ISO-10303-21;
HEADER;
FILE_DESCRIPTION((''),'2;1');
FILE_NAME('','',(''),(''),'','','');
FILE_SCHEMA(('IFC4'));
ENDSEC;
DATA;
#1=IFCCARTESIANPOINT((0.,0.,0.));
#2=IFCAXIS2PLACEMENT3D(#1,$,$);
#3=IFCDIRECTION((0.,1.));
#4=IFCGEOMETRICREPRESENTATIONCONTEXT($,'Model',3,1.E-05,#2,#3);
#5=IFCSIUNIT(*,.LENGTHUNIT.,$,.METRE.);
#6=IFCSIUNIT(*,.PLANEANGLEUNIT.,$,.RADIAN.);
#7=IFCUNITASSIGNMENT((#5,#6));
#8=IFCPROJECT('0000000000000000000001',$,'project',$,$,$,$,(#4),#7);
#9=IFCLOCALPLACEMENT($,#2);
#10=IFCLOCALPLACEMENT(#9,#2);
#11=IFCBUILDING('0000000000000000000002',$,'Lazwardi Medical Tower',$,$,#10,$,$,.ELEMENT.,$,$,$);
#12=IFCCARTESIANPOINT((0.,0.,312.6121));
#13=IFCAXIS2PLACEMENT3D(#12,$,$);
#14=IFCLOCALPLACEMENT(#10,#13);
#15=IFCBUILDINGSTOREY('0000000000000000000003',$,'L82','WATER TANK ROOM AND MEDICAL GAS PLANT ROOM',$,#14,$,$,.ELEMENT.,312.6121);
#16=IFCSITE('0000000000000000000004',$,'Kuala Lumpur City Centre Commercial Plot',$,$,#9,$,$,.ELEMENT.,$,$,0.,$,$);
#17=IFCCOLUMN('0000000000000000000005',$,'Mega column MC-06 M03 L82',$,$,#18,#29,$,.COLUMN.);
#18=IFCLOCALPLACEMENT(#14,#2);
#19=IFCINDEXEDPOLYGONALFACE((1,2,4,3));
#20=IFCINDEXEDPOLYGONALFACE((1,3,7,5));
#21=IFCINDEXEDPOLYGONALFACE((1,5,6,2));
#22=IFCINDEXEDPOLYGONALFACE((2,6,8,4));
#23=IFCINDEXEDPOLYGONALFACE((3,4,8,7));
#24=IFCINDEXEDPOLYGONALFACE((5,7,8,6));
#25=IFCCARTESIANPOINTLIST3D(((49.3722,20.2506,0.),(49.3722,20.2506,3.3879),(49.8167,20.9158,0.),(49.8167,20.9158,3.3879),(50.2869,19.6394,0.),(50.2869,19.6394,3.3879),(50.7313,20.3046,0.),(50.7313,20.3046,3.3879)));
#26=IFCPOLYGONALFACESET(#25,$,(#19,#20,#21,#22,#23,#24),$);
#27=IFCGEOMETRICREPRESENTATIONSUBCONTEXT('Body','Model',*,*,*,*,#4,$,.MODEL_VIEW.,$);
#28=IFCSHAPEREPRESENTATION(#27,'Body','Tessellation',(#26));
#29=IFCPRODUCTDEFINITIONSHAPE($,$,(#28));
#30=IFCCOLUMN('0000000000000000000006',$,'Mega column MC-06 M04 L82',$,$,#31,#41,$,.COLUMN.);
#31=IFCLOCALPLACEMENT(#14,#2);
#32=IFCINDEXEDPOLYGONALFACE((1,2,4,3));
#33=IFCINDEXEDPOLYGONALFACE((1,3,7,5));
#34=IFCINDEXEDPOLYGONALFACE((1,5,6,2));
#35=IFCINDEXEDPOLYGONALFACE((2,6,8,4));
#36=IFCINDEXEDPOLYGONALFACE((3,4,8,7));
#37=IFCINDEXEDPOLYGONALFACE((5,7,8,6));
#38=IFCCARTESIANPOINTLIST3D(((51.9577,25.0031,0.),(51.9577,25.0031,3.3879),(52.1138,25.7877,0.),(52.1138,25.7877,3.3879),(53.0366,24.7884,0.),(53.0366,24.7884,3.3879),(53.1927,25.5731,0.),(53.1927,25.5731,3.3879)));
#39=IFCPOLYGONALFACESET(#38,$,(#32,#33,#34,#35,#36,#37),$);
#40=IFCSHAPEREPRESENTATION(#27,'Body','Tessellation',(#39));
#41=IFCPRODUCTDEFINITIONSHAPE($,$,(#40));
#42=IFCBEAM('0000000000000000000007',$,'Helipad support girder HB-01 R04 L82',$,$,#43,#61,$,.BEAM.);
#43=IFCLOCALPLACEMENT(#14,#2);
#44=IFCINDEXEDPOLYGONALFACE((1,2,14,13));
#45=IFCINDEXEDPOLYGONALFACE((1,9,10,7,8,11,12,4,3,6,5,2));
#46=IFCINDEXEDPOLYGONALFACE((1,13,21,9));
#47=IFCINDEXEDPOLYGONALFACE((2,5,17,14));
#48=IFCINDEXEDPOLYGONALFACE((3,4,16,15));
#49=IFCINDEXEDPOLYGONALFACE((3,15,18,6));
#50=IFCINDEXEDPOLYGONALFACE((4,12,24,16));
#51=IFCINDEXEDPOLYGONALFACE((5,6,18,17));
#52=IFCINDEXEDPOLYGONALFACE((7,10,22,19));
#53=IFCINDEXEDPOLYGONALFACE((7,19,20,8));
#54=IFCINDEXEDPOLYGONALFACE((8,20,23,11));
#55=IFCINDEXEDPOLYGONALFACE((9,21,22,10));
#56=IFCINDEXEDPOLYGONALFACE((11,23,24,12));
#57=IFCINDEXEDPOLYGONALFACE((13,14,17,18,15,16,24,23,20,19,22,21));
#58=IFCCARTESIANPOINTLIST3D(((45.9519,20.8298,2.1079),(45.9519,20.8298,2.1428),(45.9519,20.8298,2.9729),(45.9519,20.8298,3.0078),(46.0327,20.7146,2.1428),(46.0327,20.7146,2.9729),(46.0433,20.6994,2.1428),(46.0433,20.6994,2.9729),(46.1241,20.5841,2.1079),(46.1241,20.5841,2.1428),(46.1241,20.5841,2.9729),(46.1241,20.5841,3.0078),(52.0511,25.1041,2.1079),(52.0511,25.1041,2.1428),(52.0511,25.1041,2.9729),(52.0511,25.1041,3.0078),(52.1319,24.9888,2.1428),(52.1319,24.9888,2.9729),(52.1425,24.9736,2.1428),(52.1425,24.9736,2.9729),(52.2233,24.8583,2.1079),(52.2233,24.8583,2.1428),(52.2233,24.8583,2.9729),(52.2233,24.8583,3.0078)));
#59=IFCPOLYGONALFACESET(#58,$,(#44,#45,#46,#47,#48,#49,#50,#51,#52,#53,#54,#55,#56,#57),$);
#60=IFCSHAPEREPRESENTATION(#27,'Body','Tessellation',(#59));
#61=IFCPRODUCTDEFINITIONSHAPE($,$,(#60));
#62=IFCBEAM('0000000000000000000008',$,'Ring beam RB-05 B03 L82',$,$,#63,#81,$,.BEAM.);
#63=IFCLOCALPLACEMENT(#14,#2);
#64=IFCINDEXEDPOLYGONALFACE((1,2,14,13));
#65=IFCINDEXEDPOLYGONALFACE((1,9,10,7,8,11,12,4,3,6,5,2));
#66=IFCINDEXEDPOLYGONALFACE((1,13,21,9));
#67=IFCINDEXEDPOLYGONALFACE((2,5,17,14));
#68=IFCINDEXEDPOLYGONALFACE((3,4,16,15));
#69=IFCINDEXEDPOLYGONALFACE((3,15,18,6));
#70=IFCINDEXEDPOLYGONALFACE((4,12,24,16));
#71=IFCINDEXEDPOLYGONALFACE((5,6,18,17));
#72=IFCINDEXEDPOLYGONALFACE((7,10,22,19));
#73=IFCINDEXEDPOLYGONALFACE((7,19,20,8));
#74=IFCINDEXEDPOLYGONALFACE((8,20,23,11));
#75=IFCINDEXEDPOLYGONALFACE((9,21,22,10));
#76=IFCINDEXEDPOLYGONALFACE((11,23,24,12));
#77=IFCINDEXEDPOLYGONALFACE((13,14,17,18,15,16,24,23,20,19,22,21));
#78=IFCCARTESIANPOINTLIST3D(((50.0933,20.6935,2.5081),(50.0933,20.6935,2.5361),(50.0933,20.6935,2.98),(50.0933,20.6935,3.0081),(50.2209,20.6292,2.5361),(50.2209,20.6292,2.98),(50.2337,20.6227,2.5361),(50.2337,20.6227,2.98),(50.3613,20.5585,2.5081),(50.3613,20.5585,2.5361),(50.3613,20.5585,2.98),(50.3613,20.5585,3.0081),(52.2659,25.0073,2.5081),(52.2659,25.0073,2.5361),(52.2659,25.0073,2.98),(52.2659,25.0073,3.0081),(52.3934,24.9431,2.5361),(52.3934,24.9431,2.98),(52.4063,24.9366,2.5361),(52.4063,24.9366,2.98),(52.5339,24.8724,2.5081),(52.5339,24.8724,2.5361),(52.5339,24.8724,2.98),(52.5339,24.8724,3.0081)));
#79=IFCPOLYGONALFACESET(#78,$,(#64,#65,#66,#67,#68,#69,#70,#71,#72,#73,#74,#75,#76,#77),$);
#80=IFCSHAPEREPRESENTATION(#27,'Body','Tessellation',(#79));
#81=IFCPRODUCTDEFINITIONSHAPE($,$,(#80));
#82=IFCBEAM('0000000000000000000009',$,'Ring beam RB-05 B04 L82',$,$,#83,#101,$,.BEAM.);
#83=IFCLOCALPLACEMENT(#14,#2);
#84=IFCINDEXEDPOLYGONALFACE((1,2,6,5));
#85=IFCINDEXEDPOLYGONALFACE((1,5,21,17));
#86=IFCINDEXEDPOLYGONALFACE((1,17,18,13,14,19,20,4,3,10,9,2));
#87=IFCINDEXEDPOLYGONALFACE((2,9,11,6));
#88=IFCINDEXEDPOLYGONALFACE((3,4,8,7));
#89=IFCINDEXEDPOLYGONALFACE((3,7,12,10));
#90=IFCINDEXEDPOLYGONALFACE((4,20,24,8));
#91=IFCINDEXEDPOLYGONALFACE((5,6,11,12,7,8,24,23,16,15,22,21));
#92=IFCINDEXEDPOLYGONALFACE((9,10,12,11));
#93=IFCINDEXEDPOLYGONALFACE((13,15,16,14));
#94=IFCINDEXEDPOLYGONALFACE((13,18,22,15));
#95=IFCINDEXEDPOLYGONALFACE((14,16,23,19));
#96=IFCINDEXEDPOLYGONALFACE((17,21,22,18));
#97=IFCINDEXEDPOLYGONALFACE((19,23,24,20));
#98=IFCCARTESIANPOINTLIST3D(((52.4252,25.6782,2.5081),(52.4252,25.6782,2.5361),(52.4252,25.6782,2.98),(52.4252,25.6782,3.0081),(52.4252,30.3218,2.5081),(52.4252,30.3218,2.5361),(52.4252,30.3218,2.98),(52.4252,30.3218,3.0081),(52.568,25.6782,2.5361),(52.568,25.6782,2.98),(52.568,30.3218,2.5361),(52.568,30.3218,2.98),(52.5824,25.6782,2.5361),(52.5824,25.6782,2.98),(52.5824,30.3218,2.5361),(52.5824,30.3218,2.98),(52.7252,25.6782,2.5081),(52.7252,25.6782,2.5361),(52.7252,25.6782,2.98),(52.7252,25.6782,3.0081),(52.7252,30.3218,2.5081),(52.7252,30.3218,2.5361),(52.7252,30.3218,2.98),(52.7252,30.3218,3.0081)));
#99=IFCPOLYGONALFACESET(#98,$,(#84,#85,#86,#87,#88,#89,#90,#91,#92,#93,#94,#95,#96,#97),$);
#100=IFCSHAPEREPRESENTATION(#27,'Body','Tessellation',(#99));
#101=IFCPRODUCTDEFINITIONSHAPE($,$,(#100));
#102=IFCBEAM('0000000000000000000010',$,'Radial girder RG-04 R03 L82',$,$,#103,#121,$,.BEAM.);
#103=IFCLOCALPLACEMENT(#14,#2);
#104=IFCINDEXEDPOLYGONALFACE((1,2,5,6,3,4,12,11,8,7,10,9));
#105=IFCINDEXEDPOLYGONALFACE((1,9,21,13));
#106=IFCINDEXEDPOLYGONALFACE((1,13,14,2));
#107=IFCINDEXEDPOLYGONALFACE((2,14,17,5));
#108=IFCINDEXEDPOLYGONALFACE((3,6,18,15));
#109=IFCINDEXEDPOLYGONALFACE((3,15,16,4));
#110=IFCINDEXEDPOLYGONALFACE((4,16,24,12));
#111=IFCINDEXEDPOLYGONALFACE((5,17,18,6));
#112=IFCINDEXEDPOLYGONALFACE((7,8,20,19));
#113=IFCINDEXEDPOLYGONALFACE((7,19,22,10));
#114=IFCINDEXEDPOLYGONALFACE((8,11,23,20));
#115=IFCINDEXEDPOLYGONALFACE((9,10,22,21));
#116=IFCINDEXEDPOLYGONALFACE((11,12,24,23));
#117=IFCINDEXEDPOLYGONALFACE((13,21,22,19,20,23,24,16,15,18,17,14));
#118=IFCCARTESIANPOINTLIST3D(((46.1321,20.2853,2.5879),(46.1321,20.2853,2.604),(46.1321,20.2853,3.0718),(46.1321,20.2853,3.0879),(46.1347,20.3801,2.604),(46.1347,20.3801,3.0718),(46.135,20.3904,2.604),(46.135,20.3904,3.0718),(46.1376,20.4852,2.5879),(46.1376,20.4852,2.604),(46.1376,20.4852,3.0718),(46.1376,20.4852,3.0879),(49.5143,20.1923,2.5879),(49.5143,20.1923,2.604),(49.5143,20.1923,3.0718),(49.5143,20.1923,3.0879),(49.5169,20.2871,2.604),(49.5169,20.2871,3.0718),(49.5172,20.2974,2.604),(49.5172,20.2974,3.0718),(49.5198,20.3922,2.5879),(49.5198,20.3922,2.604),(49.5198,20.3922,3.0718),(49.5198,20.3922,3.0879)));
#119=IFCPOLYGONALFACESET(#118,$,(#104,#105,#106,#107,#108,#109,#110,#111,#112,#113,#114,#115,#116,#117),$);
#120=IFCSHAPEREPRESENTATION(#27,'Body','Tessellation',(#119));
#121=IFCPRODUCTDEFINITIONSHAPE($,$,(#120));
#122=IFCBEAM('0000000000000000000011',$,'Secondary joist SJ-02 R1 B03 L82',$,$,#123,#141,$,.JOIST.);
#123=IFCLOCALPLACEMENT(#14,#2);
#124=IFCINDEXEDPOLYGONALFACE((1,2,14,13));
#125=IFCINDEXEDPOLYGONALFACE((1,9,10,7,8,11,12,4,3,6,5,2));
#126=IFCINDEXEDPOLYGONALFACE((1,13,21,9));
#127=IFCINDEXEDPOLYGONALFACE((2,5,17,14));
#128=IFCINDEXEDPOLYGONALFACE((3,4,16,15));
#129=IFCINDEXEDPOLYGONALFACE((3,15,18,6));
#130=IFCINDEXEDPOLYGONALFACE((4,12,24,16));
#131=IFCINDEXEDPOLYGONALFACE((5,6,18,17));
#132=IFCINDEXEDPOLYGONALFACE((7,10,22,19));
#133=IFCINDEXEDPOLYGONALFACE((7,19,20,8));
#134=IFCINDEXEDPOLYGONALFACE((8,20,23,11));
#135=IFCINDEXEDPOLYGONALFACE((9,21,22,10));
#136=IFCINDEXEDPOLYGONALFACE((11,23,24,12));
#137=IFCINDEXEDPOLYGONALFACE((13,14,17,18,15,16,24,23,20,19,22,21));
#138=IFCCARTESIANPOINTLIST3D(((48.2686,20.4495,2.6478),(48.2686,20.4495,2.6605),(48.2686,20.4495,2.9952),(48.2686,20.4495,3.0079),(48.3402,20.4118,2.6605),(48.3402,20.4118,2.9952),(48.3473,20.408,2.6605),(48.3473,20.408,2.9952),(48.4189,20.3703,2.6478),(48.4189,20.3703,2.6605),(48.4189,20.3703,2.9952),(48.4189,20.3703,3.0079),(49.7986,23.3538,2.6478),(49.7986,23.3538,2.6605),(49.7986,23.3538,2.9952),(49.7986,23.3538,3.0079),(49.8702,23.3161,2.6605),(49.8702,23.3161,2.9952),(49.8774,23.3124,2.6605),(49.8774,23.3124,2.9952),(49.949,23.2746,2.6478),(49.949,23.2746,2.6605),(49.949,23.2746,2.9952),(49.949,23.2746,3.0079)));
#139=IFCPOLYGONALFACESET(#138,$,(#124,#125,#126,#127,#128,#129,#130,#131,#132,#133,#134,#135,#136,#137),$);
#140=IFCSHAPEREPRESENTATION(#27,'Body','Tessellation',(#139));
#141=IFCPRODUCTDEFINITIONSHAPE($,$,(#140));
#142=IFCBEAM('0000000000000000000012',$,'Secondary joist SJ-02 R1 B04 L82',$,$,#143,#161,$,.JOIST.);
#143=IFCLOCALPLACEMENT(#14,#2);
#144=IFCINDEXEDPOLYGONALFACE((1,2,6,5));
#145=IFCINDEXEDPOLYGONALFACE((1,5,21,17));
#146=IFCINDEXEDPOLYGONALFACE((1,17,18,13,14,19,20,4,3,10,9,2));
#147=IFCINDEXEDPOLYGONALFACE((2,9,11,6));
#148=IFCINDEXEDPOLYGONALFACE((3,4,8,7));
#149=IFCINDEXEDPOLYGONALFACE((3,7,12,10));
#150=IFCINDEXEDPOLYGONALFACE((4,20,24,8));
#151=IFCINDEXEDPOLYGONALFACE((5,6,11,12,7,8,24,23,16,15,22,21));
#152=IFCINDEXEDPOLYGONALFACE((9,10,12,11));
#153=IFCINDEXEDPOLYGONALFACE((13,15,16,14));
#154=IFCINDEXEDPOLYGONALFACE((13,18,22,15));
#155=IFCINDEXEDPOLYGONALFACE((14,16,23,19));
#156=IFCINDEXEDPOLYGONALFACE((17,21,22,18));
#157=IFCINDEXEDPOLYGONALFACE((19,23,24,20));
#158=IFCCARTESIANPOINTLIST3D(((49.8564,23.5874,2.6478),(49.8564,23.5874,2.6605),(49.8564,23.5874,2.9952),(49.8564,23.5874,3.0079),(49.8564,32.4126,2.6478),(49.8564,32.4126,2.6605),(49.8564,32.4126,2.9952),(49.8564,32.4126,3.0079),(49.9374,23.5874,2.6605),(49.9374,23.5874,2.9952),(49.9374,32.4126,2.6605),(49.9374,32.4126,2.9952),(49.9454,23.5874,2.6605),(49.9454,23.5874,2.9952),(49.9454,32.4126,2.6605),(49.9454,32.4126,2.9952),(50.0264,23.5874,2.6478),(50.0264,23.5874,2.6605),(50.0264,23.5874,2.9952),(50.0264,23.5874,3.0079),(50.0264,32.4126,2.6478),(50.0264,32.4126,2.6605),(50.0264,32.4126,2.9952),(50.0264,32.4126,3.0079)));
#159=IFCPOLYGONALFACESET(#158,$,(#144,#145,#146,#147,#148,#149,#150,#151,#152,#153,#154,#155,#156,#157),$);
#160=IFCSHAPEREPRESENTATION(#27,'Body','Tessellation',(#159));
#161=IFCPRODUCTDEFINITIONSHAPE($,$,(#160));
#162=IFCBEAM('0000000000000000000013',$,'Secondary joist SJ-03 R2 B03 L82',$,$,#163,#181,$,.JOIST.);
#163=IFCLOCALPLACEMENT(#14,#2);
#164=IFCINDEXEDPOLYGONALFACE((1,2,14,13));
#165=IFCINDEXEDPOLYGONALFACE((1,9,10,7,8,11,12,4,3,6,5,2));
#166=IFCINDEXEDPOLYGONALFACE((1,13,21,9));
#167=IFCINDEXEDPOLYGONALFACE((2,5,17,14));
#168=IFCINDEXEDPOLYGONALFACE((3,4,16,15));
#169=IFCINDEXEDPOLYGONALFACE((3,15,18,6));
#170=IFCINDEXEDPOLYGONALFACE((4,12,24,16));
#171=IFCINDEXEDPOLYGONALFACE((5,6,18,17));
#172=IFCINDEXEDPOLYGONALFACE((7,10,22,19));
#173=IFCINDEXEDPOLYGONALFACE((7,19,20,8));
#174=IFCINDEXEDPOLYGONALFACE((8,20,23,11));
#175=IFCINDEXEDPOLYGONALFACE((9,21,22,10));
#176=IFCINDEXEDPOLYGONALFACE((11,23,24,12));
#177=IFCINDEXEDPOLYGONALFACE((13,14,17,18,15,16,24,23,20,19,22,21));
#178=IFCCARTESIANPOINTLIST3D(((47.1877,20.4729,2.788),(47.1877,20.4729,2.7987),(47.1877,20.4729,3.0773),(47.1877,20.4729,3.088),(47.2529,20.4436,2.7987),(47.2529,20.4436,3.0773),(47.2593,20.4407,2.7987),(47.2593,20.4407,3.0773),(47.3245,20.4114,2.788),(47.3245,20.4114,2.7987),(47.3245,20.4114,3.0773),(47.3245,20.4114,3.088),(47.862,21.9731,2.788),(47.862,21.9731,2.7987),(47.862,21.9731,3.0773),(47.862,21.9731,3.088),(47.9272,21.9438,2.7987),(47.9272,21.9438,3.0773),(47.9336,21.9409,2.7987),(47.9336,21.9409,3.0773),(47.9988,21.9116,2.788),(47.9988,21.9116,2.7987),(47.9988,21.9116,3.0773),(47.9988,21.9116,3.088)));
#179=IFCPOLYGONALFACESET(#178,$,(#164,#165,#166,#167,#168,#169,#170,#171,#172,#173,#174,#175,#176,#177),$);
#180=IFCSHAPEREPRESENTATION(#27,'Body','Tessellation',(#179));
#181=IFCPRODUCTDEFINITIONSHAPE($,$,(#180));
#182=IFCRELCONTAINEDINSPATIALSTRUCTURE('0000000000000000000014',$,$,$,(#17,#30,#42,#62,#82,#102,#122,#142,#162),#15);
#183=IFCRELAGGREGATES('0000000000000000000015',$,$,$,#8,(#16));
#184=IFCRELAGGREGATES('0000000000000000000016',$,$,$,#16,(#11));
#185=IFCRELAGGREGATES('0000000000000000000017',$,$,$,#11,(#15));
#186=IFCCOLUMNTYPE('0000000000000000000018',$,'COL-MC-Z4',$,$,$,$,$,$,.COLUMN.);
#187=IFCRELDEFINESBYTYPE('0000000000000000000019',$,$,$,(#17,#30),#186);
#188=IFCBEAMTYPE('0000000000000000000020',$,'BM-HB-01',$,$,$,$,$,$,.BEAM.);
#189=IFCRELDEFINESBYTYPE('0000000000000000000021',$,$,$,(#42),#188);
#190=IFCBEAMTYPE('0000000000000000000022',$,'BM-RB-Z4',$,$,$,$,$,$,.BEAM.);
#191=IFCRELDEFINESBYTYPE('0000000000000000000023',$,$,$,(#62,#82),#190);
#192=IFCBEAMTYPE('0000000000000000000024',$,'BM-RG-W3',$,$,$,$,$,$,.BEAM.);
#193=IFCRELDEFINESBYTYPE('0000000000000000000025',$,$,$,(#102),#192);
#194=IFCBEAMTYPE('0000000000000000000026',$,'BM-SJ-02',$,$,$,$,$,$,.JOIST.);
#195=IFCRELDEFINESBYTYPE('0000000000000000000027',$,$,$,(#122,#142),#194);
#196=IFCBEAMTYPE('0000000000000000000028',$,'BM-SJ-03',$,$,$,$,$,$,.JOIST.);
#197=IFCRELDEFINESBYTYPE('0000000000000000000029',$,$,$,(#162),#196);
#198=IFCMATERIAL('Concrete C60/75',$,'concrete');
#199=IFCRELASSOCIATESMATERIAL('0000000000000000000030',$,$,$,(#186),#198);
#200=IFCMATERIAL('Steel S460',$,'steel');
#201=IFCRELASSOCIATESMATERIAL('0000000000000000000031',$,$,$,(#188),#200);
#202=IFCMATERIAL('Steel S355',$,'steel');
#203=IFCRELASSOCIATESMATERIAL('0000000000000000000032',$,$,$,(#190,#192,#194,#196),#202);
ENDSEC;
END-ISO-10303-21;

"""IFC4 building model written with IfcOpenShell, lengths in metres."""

from ifc_helpers import new_model, si_unit, direction, frame, origin, origin_2d, place, context, subcontext, project, spatial, rectangle, i_section, extrude, material, material_profile, profile_set, type_object, element, save


model = new_model("IFC4")

# Units and contexts
model_context = context("Model", 3, precision=1e-05, world=origin(), true_north=direction((0.0, 1.0)))
body_context = subcontext(model_context, "Body", "Model", "MODEL_VIEW")
ifc_project = project(units=[si_unit("LENGTHUNIT", "METRE"), si_unit("PLANEANGLEUNIT", "RADIAN")], contexts=[model_context])

# Site, building, storey
site_placement = place(None, origin())
site = spatial("IfcSite", under=ifc_project, at=site_placement, Name="Kuala Lumpur City Centre Commercial Plot", CompositionType="ELEMENT", RefElevation=0.0)
building_placement = place(site_placement, origin())
building = spatial("IfcBuilding", under=site, at=building_placement, Name="Lazwardi Medical Tower", CompositionType="ELEMENT")
storey_placement = place(building_placement, frame((0.0, 0.0, 312.6121)))
storey = spatial("IfcBuildingStorey", under=building, at=storey_placement, Name="L82", Description="WATER TANK ROOM AND MEDICAL GAS PLANT ROOM", CompositionType="ELEMENT", Elevation=312.6121)

# Columns
ifc_material_1 = material(Name="Concrete C60/75", Category="concrete")
ifc_material_profile_1 = material_profile(ifc_material_1, rectangle(XDim=1.1001, YDim=0.8, at=origin_2d()), Name="CFT-RECT 1100x800")
ifc_profile_set_1 = profile_set([ifc_material_profile_1], Name="Concrete C60/75")
column_type = type_object("IfcColumnType", Name="COL-MC-Z4", PredefinedType="COLUMN", material=ifc_profile_set_1)
for number, where, z_axis, x_axis, name in (
    (1, (50.0518, 20.2776, 0.0), (0.0, 0.0, 1.0), (0.83147, -0.55557, 0.0), "Mega column MC-06 M03 L82"),
    (2, (52.5752, 25.2881, 0.0), (0.0, 0.0, 1.0), (0.980785, -0.19509, 0.0), "Mega column MC-06 M04 L82"),
):
    element("IfcColumn", number, at=place(storey_placement, frame(where, z_axis=z_axis, x_axis=x_axis)), inside=storey, type_object=column_type, Name=name, PredefinedType="COLUMN", context=body_context, shape_type="SweptSolid", body=[
        extrude(rectangle(XDim=1.1001, YDim=0.8, at=origin_2d()), origin(), (0.0, 0.0, 1.0), 3.3879),
    ])

# Beams
ifc_material_2 = material(Name="Steel S460", Category="steel")
ifc_material_profile_2 = material_profile(ifc_material_2, i_section(OverallWidth=0.3, OverallDepth=0.8999, WebThickness=0.0186, FlangeThickness=0.0349, at=origin_2d()), Name="HEB 900")
ifc_profile_set_2 = profile_set([ifc_material_profile_2], Name="Steel S460")
beam_type_1 = type_object("IfcBeamType", Name="BM-HB-01", PredefinedType="BEAM", material=ifc_profile_set_2)
beam_1_placement = place(storey_placement, frame((52.1372, 24.9812, 2.5579), z_axis=(-0.81893, -0.573893, 0.0), x_axis=(0.573893, -0.81893, 0.0)))
element("IfcBeam", 3, at=beam_1_placement, inside=storey, type_object=beam_type_1, Name="Helipad support girder HB-01 R04 L82", PredefinedType="BEAM", context=body_context, shape_type="SweptSolid", body=[
    extrude(i_section(OverallWidth=0.3, OverallDepth=0.8999, WebThickness=0.0186, FlangeThickness=0.0349, at=origin_2d()), origin(), (0.0, 0.0, 1.0), 7.4478),
])
ifc_material_3 = material(Name="Steel S355", Category="steel")
ifc_material_profile_3 = material_profile(ifc_material_3, i_section(OverallWidth=0.3, OverallDepth=0.5, WebThickness=0.0144, FlangeThickness=0.0281, at=origin_2d()), Name="HEB 500")
ifc_profile_set_3 = profile_set([ifc_material_profile_3], Name="Steel S355")
beam_type_2 = type_object("IfcBeamType", Name="BM-RB-Z4", PredefinedType="BEAM", material=ifc_profile_set_3)
beam_2_placement = place(storey_placement, frame((50.2273, 20.626, 2.7581), z_axis=(0.4498, 0.893129, 0.0), x_axis=(-0.893129, 0.4498, 0.0)))
element("IfcBeam", 4, at=beam_2_placement, inside=storey, type_object=beam_type_2, Name="Ring beam RB-05 B03 L82", PredefinedType="BEAM", context=body_context, shape_type="SweptSolid", body=[
    extrude(i_section(OverallWidth=0.3, OverallDepth=0.5, WebThickness=0.0144, FlangeThickness=0.0281, at=origin_2d()), origin(), (0.0, 0.0, 1.0), 4.8301),
])
beam_3_placement = place(storey_placement, frame((52.5752, 25.6782, 2.7581), z_axis=(0.0, 1.0, 0.0), x_axis=(-1.0, 0.0, 0.0)))
element("IfcBeam", 5, at=beam_3_placement, inside=storey, type_object=beam_type_2, Name="Ring beam RB-05 B04 L82", PredefinedType="BEAM", context=body_context, shape_type="SweptSolid", body=[
    extrude(i_section(OverallWidth=0.3, OverallDepth=0.5, WebThickness=0.0144, FlangeThickness=0.0281, at=origin_2d()), origin(), (0.0, 0.0, 1.0), 4.6436),
])
ifc_material_profile_4 = material_profile(ifc_material_3, i_section(OverallWidth=0.2, OverallDepth=0.5, WebThickness=0.0103, FlangeThickness=0.0161, at=origin_2d()), Name="IPE 500")
ifc_profile_set_4 = profile_set([ifc_material_profile_4], Name="Steel S355")
beam_type_3 = type_object("IfcBeamType", Name="BM-RG-W3", PredefinedType="BEAM", material=ifc_profile_set_4)
beam_4_placement = place(storey_placement, frame((49.5171, 20.2922, 2.8379), z_axis=(-0.999622, 0.027491, 0.0), x_axis=(-0.027491, -0.999622, 0.0)))
element("IfcBeam", 6, at=beam_4_placement, inside=storey, type_object=beam_type_3, Name="Radial girder RG-04 R03 L82", PredefinedType="BEAM", context=body_context, shape_type="SweptSolid", body=[
    extrude(i_section(OverallWidth=0.2, OverallDepth=0.5, WebThickness=0.0103, FlangeThickness=0.0161, at=origin_2d()), origin(), (0.0, 0.0, 1.0), 3.3835),
])
ifc_material_profile_5 = material_profile(ifc_material_3, i_section(OverallWidth=0.1699, OverallDepth=0.3601, WebThickness=0.0081, FlangeThickness=0.0127, at=origin_2d()), Name="IPE 360")
ifc_profile_set_5 = profile_set([ifc_material_profile_5], Name="Steel S355")
beam_type_4 = type_object("IfcBeamType", Name="BM-SJ-02", PredefinedType="JOIST", material=ifc_profile_set_5)
beam_5_placement = place(storey_placement, frame((48.3438, 20.4099, 2.8279), z_axis=(0.466093, 0.884736, 0.0), x_axis=(-0.884736, 0.466093, 0.0)))
element("IfcBeam", 7, at=beam_5_placement, inside=storey, type_object=beam_type_4, Name="Secondary joist SJ-02 R1 B03 L82", PredefinedType="JOIST", context=body_context, shape_type="SweptSolid", body=[
    extrude(i_section(OverallWidth=0.1699, OverallDepth=0.3601, WebThickness=0.0081, FlangeThickness=0.0127, at=origin_2d()), origin(), (0.0, 0.0, 1.0), 3.2827),
])
beam_6_placement = place(storey_placement, frame((49.9414, 23.5874, 2.8279), z_axis=(0.0, 1.0, 0.0), x_axis=(-1.0, 0.0, 0.0)))
element("IfcBeam", 8, at=beam_6_placement, inside=storey, type_object=beam_type_4, Name="Secondary joist SJ-02 R1 B04 L82", PredefinedType="JOIST", context=body_context, shape_type="SweptSolid", body=[
    extrude(i_section(OverallWidth=0.1699, OverallDepth=0.3601, WebThickness=0.0081, FlangeThickness=0.0127, at=origin_2d()), origin(), (0.0, 0.0, 1.0), 8.8252),
])
ifc_material_profile_6 = material_profile(ifc_material_3, i_section(OverallWidth=0.1499, OverallDepth=0.3, WebThickness=0.0071, FlangeThickness=0.0107, at=origin_2d()), Name="IPE 300")
ifc_profile_set_6 = profile_set([ifc_material_profile_6], Name="Steel S355")
beam_type_5 = type_object("IfcBeamType", Name="BM-SJ-03", PredefinedType="JOIST", material=ifc_profile_set_6)
beam_7_placement = place(storey_placement, frame((47.2561, 20.4421, 2.938), z_axis=(0.409963, 0.912102, 0.0), x_axis=(-0.912102, 0.409963, 0.0)))
element("IfcBeam", 9, at=beam_7_placement, inside=storey, type_object=beam_type_5, Name="Secondary joist SJ-03 R2 B03 L82", PredefinedType="JOIST", context=body_context, shape_type="SweptSolid", body=[
    extrude(i_section(OverallWidth=0.1499, OverallDepth=0.3, WebThickness=0.0071, FlangeThickness=0.0107, at=origin_2d()), origin(), (0.0, 0.0, 1.0), 1.6448),
])

save(model, "model.ifc")
